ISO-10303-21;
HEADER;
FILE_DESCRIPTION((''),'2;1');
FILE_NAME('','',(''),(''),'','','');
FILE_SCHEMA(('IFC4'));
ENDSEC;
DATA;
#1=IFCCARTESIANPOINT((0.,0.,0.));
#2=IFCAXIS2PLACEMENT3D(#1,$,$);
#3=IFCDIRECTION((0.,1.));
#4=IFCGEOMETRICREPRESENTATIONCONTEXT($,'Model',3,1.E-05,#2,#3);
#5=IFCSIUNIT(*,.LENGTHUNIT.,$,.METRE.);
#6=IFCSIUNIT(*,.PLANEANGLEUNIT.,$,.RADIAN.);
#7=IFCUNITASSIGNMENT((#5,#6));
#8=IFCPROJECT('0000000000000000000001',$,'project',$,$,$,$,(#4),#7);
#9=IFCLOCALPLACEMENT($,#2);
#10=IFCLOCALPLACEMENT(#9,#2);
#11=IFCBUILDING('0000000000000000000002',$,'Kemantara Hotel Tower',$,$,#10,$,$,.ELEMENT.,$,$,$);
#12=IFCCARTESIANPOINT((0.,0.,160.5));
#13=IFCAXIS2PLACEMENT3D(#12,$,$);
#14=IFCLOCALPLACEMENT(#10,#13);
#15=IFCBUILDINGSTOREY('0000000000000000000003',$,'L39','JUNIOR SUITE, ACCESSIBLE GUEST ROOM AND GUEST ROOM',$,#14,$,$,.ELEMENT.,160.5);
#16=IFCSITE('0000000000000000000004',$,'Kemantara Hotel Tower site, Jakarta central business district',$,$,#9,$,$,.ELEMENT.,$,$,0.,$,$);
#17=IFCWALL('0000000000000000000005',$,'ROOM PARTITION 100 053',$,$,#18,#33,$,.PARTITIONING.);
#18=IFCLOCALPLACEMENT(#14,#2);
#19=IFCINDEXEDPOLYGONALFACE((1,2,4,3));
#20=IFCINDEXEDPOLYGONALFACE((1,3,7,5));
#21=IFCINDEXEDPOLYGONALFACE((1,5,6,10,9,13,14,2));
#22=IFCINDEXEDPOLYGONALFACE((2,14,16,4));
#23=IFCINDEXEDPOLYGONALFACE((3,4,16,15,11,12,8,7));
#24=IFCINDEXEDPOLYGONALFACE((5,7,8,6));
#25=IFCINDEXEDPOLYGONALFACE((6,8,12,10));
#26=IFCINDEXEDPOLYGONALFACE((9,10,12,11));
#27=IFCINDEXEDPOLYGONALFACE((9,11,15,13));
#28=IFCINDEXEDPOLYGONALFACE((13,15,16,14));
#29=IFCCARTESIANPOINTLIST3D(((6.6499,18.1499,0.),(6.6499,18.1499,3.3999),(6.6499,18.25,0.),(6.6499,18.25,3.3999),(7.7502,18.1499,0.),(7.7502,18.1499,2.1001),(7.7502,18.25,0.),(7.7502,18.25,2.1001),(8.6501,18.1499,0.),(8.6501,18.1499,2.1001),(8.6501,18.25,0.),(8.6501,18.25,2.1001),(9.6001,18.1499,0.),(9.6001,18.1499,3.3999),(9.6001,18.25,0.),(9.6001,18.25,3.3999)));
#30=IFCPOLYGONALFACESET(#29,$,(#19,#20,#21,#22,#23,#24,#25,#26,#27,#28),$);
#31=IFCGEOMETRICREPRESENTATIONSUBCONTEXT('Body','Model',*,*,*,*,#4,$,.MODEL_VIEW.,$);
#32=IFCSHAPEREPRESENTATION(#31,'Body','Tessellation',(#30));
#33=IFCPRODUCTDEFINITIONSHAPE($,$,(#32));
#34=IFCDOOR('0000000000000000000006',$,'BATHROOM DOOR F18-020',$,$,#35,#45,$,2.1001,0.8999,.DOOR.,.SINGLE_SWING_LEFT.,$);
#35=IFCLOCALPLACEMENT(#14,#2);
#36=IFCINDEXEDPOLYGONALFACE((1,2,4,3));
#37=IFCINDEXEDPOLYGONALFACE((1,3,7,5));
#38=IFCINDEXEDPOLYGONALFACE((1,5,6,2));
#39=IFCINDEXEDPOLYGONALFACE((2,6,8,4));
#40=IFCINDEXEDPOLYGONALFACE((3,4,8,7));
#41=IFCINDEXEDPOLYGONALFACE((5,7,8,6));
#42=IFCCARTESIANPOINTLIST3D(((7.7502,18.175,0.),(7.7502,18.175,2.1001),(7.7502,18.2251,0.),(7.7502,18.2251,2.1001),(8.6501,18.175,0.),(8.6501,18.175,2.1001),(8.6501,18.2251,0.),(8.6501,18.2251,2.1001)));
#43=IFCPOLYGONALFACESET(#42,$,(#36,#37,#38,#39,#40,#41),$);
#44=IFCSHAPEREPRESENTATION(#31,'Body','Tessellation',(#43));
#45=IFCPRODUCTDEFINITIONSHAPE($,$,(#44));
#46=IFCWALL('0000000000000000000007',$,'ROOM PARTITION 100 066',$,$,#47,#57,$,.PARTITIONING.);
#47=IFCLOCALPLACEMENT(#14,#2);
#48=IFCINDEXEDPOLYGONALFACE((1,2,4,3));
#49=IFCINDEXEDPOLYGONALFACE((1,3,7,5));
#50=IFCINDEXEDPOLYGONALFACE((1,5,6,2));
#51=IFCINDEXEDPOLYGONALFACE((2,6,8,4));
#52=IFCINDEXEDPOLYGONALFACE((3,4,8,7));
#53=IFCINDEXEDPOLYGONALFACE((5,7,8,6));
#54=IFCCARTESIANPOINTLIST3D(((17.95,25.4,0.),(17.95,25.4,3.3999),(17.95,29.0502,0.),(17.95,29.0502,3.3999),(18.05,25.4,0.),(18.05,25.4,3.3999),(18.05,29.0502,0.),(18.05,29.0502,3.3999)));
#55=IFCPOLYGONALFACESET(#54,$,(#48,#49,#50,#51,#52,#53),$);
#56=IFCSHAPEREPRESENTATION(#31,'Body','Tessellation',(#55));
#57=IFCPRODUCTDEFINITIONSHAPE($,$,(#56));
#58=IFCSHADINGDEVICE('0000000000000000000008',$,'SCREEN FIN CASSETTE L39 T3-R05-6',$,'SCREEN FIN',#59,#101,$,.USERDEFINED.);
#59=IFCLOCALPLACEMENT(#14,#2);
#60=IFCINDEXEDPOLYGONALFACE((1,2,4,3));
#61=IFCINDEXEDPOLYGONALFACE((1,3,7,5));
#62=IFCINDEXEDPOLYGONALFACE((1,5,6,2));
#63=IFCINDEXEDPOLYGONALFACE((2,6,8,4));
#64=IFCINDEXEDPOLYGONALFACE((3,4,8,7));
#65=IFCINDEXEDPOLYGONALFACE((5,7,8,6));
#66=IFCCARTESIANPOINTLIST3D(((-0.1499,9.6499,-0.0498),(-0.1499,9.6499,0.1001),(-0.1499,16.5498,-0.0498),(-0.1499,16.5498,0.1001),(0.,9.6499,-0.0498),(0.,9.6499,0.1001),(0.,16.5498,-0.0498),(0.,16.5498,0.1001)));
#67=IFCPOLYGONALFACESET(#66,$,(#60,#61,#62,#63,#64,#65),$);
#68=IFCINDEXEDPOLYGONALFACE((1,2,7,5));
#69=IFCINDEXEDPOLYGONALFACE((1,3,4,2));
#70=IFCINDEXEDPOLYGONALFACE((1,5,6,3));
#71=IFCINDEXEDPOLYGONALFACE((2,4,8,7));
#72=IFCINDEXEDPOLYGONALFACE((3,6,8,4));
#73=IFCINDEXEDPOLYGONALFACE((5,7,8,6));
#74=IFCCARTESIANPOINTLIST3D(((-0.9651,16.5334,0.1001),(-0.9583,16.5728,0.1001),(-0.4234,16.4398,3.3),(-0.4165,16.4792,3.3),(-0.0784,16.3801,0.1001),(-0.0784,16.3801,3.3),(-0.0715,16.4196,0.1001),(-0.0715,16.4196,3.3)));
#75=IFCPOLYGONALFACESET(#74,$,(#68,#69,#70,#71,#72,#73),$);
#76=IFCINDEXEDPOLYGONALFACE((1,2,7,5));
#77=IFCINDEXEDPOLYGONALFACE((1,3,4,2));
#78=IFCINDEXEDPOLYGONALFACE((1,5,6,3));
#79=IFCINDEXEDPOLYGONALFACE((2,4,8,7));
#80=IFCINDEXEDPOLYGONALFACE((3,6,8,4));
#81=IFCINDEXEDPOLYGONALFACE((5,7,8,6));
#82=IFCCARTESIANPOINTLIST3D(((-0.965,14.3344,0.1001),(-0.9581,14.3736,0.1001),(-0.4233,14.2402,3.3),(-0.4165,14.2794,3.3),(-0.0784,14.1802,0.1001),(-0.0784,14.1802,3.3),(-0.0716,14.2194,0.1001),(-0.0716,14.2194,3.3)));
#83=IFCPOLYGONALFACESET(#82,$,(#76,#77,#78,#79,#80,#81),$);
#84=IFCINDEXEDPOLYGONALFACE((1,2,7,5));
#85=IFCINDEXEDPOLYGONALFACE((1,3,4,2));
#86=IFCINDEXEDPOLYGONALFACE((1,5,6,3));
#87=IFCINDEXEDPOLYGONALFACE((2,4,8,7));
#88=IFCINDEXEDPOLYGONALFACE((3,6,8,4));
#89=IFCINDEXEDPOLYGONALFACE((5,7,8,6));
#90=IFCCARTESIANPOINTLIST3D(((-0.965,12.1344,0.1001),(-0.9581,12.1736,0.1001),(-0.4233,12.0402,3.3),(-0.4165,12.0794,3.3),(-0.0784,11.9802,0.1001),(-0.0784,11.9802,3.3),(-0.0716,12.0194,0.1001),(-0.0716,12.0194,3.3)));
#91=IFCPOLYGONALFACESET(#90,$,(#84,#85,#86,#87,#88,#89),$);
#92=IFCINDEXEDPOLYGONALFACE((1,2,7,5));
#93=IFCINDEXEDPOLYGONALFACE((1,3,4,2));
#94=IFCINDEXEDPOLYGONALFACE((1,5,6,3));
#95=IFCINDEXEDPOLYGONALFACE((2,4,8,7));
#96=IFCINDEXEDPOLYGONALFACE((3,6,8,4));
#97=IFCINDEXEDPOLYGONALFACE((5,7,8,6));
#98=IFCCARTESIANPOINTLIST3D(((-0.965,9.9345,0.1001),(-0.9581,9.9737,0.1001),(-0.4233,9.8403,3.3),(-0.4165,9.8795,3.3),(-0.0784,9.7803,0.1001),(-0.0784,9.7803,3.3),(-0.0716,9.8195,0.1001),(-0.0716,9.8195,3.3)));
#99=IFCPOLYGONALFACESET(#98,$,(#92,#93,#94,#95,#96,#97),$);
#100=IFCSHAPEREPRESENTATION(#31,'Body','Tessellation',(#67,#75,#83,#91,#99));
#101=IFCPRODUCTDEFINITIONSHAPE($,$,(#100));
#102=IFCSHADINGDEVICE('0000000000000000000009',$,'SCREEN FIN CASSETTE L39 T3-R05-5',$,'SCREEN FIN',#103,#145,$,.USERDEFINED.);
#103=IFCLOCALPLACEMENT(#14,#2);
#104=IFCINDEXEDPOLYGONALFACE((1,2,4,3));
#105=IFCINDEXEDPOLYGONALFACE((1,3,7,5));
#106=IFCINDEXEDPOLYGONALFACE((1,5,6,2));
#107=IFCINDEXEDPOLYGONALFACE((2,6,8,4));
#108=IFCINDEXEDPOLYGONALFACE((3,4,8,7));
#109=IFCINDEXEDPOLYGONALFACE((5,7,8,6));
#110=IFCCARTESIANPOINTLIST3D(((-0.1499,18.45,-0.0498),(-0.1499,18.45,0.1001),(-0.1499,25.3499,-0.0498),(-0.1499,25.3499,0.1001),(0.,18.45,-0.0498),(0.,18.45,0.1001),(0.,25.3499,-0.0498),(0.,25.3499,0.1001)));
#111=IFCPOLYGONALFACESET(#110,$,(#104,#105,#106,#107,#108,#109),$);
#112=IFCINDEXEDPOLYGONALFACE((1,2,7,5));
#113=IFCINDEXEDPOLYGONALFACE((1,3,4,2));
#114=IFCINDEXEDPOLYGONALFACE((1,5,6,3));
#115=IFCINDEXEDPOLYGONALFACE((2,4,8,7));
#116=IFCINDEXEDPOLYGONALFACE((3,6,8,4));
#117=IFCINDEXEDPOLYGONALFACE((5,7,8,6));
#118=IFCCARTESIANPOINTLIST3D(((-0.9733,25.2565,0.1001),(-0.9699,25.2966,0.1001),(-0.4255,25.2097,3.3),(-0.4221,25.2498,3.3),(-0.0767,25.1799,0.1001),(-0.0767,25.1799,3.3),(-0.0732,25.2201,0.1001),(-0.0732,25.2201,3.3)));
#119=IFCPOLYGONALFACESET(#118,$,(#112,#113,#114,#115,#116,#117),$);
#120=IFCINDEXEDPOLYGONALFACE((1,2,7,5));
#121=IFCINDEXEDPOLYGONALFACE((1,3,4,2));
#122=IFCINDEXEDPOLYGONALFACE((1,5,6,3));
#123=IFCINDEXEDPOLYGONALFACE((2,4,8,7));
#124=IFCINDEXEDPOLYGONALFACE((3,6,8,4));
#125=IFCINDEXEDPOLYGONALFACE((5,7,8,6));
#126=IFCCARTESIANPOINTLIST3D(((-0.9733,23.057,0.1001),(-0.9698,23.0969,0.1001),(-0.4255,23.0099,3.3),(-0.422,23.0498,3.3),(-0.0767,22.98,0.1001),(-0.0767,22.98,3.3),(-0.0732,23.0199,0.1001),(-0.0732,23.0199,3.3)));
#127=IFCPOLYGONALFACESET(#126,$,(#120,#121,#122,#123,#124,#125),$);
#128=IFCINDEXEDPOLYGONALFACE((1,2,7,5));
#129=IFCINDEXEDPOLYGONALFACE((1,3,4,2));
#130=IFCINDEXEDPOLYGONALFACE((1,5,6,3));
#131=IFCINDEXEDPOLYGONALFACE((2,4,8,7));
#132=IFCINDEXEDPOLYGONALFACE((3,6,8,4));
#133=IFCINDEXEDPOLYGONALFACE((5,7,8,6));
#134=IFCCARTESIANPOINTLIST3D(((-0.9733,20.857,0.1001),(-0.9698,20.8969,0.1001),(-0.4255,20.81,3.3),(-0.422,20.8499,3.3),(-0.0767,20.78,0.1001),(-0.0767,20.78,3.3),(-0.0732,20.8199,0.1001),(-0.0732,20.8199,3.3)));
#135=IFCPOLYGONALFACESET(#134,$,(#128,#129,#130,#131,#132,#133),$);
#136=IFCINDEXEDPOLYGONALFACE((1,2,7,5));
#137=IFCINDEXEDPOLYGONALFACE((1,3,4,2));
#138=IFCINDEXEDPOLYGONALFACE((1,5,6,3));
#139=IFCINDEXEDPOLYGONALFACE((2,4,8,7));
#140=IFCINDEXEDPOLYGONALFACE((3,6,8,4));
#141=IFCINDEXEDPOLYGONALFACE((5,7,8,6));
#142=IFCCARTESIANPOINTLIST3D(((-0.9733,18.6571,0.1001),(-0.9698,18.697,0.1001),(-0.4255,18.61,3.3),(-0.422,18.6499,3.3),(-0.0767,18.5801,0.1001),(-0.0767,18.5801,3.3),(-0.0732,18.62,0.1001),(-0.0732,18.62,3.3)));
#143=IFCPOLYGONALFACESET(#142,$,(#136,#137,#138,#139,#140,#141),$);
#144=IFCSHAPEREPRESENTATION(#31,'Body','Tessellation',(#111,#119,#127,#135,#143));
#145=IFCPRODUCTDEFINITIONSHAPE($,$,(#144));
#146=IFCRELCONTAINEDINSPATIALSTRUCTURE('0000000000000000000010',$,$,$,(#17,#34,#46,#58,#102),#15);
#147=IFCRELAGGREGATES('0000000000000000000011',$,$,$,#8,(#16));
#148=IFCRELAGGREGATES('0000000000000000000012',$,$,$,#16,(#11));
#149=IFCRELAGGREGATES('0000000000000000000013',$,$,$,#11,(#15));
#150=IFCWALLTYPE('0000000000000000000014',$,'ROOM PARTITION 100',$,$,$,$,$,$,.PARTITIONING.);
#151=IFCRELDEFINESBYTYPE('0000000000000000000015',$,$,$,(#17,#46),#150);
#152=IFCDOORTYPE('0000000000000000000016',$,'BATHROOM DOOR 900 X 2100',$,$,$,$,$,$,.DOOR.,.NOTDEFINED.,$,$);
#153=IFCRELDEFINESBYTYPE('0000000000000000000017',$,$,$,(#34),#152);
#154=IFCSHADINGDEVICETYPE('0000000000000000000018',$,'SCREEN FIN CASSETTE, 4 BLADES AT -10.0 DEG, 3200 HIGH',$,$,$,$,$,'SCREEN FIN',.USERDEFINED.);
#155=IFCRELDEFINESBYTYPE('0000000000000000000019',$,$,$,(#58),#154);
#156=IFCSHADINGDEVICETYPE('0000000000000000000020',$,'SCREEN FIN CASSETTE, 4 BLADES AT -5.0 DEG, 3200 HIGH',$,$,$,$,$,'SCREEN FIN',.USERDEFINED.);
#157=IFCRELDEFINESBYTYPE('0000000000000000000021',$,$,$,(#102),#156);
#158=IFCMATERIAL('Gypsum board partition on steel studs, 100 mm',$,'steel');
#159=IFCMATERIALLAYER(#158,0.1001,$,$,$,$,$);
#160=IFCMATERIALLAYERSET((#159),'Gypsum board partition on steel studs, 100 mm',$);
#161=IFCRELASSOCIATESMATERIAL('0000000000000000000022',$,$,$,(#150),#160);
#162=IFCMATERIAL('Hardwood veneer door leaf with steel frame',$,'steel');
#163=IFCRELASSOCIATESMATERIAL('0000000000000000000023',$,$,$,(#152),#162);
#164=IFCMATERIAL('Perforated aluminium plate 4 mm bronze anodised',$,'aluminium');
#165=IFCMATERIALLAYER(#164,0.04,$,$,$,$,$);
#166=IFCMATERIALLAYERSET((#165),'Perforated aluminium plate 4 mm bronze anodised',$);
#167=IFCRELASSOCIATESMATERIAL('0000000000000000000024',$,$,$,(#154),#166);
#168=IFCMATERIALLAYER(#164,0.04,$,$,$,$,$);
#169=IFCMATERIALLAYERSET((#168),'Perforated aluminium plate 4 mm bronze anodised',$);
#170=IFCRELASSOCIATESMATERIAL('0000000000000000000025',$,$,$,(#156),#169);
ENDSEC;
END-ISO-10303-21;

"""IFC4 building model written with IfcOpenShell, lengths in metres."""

from ifc_helpers import new_model, si_unit, direction, frame, frame_2d, origin, origin_2d, place, context, subcontext, project, spatial, polyline, rectangle, outline, extrude, source, transform, mapped, material, layer, layer_set, type_object, element, fill, save


model = new_model("IFC4")

# Units and contexts
model_context = context("Model", 3, precision=1e-05, world=origin(), true_north=direction((0.0, 1.0)))
body_context = subcontext(model_context, "Body", "Model", "MODEL_VIEW")
ifc_project = project(units=[si_unit("LENGTHUNIT", "METRE"), si_unit("PLANEANGLEUNIT", "RADIAN")], contexts=[model_context])

# Site, building, storey
site_placement = place(None, origin())
site = spatial("IfcSite", under=ifc_project, at=site_placement, Name="Kemantara Hotel Tower site, Jakarta central business district", CompositionType="ELEMENT", RefElevation=0.0)
building_placement = place(site_placement, origin())
building = spatial("IfcBuilding", under=site, at=building_placement, Name="Kemantara Hotel Tower", CompositionType="ELEMENT")
storey_placement = place(building_placement, frame((0.0, 0.0, 160.5)))
storey = spatial("IfcBuildingStorey", under=building, at=storey_placement, Name="L39", Description="JUNIOR SUITE, ACCESSIBLE GUEST ROOM AND GUEST ROOM", CompositionType="ELEMENT", Elevation=160.5)

# Shared definitions
ifc_material_1 = material(Name="Gypsum board partition on steel studs, 100 mm", Category="steel")
ifc_layer_1 = layer(ifc_material_1, 0.1001)
ifc_layer_set_1 = layer_set([ifc_layer_1], Name="Gypsum board partition on steel studs, 100 mm")
wall_type_1 = type_object("IfcWallType", Name="ROOM PARTITION 100", PredefinedType="PARTITIONING", material=ifc_layer_set_1)

# Wall, opening, door
wall_1_placement = place(storey_placement, frame((9.6001, 18.2, 0.0), z_axis=(0.0, 0.0, 1.0), x_axis=(-1.0, 0.0, 0.0)))
wall_1 = element("IfcWall", 1, at=wall_1_placement, inside=storey, type_object=wall_type_1, Name="ROOM PARTITION 100 053", PredefinedType="PARTITIONING", context=body_context, shape_type="SweptSolid", body=[
    extrude(rectangle(XDim=2.9502, YDim=0.1001, at=frame_2d((1.4751, 0.0))), origin(), (0.0, 0.0, 1.0), 3.3999),
])
opening_placement = place(wall_1_placement, frame((0.95, 0.0, 0.0)))
opening = element("IfcOpeningElement", 2, at=opening_placement, cuts=wall_1, PredefinedType="OPENING", context=body_context, shape_type="SweptSolid", body=[
    extrude(rectangle(XDim=0.8999, YDim=2.1001, at=frame_2d((0.45, 1.05))), frame((0.0, 0.0601, 0.0), z_axis=(0.0, -1.0, 0.0), x_axis=(1.0, 0.0, 0.0)), (0.0, 0.0, 1.0), 0.1201),
])
ifc_material_2 = material(Name="Hardwood veneer door leaf with steel frame", Category="steel")
door_type = type_object("IfcDoorType", Name="BATHROOM DOOR 900 X 2100", OperationType="NOTDEFINED", PredefinedType="DOOR", material=ifc_material_2)
door_placement = place(opening_placement, origin())
door = element("IfcDoor", 3, at=door_placement, inside=storey, type_object=door_type, Name="BATHROOM DOOR F18-020", OperationType="SINGLE_SWING_LEFT", OverallHeight=2.1001, OverallWidth=0.8999, PredefinedType="DOOR", context=body_context, shape_type="SweptSolid", body=[
    extrude(rectangle(XDim=0.8999, YDim=2.1001, at=frame_2d((0.45, 1.05))), frame((0.0, 0.0249, 0.0), z_axis=(0.0, -1.0, 0.0), x_axis=(1.0, 0.0, 0.0)), (0.0, 0.0, 1.0), 0.05),
])
fill(opening, door)

# Wall
wall_2_placement = place(storey_placement, frame((18.0, 25.3999, 0.0), z_axis=(0.0, 0.0, 1.0), x_axis=(0.0, 1.0, 0.0)))
element("IfcWall", 4, at=wall_2_placement, inside=storey, type_object=wall_type_1, Name="ROOM PARTITION 100 066", PredefinedType="PARTITIONING", context=body_context, shape_type="SweptSolid", body=[
    extrude(rectangle(XDim=3.6501, YDim=0.1001, at=frame_2d((1.8252, 0.0))), origin(), (0.0, 0.0, 1.0), 3.3999),
])

# Shading devices
ifc_material_3 = material(Name="Perforated aluminium plate 4 mm bronze anodised", Category="aluminium")
ifc_layer_2 = layer(ifc_material_3, 0.04)
ifc_layer_set_2 = layer_set([ifc_layer_2], Name="Perforated aluminium plate 4 mm bronze anodised")
shading_device_type_1 = type_object("IfcShadingDeviceType", Name="SCREEN FIN CASSETTE, 4 BLADES AT -10.0 DEG, 3200 HIGH", ElementType="SCREEN FIN", PredefinedType="USERDEFINED", material=ifc_layer_set_2)
shared_shape_1 = source(origin(), body_context, "Body", "SweptSolid", [
    extrude(rectangle(XDim=6.8999, YDim=0.1499, at=origin_2d()), frame((3.3, -0.075, -0.1499), z_axis=(0.0, 0.0, 1.0), x_axis=(1.0, 0.0, 0.0)), (0.0, 0.0, 1.0), 0.1499),
    extrude(outline(polyline([(0.0, 0.0), (0.8999, 0.0), (0.3501, 3.2), (0.0, 3.2), (0.0, 0.0)])), frame((0.0198, -0.0784, 0.0), z_axis=(-0.98539, 0.170314, 0.0), x_axis=(-0.170314, -0.98539, 0.0)), (0.0, 0.0, 1.0), 0.04),
    extrude(outline(polyline([(0.0, 0.0), (0.8999, 0.0), (0.3501, 3.2), (0.0, 3.2), (0.0, 0.0)])), frame((2.2197, -0.0784, 0.0), z_axis=(-0.985212, 0.171341, 0.0), x_axis=(-0.171341, -0.985212, 0.0)), (0.0, 0.0, 1.0), 0.0398),
    extrude(outline(polyline([(0.0, 0.0), (0.8999, 0.0), (0.3501, 3.2), (0.0, 3.2), (0.0, 0.0)])), frame((4.4197, -0.0784, 0.0), z_axis=(-0.985212, 0.171341, 0.0), x_axis=(-0.171341, -0.985212, 0.0)), (0.0, 0.0, 1.0), 0.0398),
    extrude(outline(polyline([(0.0, 0.0), (0.8999, 0.0), (0.3501, 3.2), (0.0, 3.2), (0.0, 0.0)])), frame((6.6196, -0.0784, 0.0), z_axis=(-0.985212, 0.171341, 0.0), x_axis=(-0.171341, -0.985212, 0.0)), (0.0, 0.0, 1.0), 0.0398),
])
shading_device_1_placement = place(storey_placement, frame((0.0, 16.3999, 0.1001), z_axis=(0.0, 0.0, 1.0), x_axis=(0.0, -1.0, 0.0)))
element("IfcShadingDevice", 5, at=shading_device_1_placement, inside=storey, type_object=shading_device_type_1, Name="SCREEN FIN CASSETTE L39 T3-R05-6", ObjectType="SCREEN FIN", PredefinedType="USERDEFINED", context=body_context, shape_type="MappedRepresentation", body=[
    mapped(shared_shape_1, transform((0.0, 0.0, 0.0))),
])
ifc_layer_3 = layer(ifc_material_3, 0.04)
ifc_layer_set_3 = layer_set([ifc_layer_3], Name="Perforated aluminium plate 4 mm bronze anodised")
shading_device_type_2 = type_object("IfcShadingDeviceType", Name="SCREEN FIN CASSETTE, 4 BLADES AT -5.0 DEG, 3200 HIGH", ElementType="SCREEN FIN", PredefinedType="USERDEFINED", material=ifc_layer_set_3)
shared_shape_2 = source(origin(), body_context, "Body", "SweptSolid", [
    extrude(rectangle(XDim=6.8999, YDim=0.1499, at=origin_2d()), frame((3.3, -0.075, -0.1499), z_axis=(0.0, 0.0, 1.0), x_axis=(1.0, 0.0, 0.0)), (0.0, 0.0, 1.0), 0.1499),
    extrude(outline(polyline([(0.0, 0.0), (0.8999, 0.0), (0.3501, 3.2), (0.0, 3.2), (0.0, 0.0)])), frame((0.02, -0.0767, 0.0), z_axis=(-0.996376, 0.085056, 0.0), x_axis=(-0.085056, -0.996376, 0.0)), (0.0, 0.0, 1.0), 0.0403),
    extrude(outline(polyline([(0.0, 0.0), (0.8999, 0.0), (0.3501, 3.2), (0.0, 3.2), (0.0, 0.0)])), frame((2.22, -0.0767, 0.0), z_axis=(-0.996332, 0.085575, 0.0), x_axis=(-0.085575, -0.996332, 0.0)), (0.0, 0.0, 1.0), 0.04),
    extrude(outline(polyline([(0.0, 0.0), (0.8999, 0.0), (0.3501, 3.2), (0.0, 3.2), (0.0, 0.0)])), frame((4.4199, -0.0767, 0.0), z_axis=(-0.996332, 0.085575, 0.0), x_axis=(-0.085575, -0.996332, 0.0)), (0.0, 0.0, 1.0), 0.04),
    extrude(outline(polyline([(0.0, 0.0), (0.8999, 0.0), (0.3501, 3.2), (0.0, 3.2), (0.0, 0.0)])), frame((6.6199, -0.0767, 0.0), z_axis=(-0.996332, 0.085575, 0.0), x_axis=(-0.085575, -0.996332, 0.0)), (0.0, 0.0, 1.0), 0.04),
])
shading_device_2_placement = place(storey_placement, frame((0.0, 25.2, 0.1001), z_axis=(0.0, 0.0, 1.0), x_axis=(0.0, -1.0, 0.0)))
element("IfcShadingDevice", 6, at=shading_device_2_placement, inside=storey, type_object=shading_device_type_2, Name="SCREEN FIN CASSETTE L39 T3-R05-5", ObjectType="SCREEN FIN", PredefinedType="USERDEFINED", context=body_context, shape_type="MappedRepresentation", body=[
    mapped(shared_shape_2, transform((0.0, 0.0, 0.0))),
])

save(model, "model.ifc")
